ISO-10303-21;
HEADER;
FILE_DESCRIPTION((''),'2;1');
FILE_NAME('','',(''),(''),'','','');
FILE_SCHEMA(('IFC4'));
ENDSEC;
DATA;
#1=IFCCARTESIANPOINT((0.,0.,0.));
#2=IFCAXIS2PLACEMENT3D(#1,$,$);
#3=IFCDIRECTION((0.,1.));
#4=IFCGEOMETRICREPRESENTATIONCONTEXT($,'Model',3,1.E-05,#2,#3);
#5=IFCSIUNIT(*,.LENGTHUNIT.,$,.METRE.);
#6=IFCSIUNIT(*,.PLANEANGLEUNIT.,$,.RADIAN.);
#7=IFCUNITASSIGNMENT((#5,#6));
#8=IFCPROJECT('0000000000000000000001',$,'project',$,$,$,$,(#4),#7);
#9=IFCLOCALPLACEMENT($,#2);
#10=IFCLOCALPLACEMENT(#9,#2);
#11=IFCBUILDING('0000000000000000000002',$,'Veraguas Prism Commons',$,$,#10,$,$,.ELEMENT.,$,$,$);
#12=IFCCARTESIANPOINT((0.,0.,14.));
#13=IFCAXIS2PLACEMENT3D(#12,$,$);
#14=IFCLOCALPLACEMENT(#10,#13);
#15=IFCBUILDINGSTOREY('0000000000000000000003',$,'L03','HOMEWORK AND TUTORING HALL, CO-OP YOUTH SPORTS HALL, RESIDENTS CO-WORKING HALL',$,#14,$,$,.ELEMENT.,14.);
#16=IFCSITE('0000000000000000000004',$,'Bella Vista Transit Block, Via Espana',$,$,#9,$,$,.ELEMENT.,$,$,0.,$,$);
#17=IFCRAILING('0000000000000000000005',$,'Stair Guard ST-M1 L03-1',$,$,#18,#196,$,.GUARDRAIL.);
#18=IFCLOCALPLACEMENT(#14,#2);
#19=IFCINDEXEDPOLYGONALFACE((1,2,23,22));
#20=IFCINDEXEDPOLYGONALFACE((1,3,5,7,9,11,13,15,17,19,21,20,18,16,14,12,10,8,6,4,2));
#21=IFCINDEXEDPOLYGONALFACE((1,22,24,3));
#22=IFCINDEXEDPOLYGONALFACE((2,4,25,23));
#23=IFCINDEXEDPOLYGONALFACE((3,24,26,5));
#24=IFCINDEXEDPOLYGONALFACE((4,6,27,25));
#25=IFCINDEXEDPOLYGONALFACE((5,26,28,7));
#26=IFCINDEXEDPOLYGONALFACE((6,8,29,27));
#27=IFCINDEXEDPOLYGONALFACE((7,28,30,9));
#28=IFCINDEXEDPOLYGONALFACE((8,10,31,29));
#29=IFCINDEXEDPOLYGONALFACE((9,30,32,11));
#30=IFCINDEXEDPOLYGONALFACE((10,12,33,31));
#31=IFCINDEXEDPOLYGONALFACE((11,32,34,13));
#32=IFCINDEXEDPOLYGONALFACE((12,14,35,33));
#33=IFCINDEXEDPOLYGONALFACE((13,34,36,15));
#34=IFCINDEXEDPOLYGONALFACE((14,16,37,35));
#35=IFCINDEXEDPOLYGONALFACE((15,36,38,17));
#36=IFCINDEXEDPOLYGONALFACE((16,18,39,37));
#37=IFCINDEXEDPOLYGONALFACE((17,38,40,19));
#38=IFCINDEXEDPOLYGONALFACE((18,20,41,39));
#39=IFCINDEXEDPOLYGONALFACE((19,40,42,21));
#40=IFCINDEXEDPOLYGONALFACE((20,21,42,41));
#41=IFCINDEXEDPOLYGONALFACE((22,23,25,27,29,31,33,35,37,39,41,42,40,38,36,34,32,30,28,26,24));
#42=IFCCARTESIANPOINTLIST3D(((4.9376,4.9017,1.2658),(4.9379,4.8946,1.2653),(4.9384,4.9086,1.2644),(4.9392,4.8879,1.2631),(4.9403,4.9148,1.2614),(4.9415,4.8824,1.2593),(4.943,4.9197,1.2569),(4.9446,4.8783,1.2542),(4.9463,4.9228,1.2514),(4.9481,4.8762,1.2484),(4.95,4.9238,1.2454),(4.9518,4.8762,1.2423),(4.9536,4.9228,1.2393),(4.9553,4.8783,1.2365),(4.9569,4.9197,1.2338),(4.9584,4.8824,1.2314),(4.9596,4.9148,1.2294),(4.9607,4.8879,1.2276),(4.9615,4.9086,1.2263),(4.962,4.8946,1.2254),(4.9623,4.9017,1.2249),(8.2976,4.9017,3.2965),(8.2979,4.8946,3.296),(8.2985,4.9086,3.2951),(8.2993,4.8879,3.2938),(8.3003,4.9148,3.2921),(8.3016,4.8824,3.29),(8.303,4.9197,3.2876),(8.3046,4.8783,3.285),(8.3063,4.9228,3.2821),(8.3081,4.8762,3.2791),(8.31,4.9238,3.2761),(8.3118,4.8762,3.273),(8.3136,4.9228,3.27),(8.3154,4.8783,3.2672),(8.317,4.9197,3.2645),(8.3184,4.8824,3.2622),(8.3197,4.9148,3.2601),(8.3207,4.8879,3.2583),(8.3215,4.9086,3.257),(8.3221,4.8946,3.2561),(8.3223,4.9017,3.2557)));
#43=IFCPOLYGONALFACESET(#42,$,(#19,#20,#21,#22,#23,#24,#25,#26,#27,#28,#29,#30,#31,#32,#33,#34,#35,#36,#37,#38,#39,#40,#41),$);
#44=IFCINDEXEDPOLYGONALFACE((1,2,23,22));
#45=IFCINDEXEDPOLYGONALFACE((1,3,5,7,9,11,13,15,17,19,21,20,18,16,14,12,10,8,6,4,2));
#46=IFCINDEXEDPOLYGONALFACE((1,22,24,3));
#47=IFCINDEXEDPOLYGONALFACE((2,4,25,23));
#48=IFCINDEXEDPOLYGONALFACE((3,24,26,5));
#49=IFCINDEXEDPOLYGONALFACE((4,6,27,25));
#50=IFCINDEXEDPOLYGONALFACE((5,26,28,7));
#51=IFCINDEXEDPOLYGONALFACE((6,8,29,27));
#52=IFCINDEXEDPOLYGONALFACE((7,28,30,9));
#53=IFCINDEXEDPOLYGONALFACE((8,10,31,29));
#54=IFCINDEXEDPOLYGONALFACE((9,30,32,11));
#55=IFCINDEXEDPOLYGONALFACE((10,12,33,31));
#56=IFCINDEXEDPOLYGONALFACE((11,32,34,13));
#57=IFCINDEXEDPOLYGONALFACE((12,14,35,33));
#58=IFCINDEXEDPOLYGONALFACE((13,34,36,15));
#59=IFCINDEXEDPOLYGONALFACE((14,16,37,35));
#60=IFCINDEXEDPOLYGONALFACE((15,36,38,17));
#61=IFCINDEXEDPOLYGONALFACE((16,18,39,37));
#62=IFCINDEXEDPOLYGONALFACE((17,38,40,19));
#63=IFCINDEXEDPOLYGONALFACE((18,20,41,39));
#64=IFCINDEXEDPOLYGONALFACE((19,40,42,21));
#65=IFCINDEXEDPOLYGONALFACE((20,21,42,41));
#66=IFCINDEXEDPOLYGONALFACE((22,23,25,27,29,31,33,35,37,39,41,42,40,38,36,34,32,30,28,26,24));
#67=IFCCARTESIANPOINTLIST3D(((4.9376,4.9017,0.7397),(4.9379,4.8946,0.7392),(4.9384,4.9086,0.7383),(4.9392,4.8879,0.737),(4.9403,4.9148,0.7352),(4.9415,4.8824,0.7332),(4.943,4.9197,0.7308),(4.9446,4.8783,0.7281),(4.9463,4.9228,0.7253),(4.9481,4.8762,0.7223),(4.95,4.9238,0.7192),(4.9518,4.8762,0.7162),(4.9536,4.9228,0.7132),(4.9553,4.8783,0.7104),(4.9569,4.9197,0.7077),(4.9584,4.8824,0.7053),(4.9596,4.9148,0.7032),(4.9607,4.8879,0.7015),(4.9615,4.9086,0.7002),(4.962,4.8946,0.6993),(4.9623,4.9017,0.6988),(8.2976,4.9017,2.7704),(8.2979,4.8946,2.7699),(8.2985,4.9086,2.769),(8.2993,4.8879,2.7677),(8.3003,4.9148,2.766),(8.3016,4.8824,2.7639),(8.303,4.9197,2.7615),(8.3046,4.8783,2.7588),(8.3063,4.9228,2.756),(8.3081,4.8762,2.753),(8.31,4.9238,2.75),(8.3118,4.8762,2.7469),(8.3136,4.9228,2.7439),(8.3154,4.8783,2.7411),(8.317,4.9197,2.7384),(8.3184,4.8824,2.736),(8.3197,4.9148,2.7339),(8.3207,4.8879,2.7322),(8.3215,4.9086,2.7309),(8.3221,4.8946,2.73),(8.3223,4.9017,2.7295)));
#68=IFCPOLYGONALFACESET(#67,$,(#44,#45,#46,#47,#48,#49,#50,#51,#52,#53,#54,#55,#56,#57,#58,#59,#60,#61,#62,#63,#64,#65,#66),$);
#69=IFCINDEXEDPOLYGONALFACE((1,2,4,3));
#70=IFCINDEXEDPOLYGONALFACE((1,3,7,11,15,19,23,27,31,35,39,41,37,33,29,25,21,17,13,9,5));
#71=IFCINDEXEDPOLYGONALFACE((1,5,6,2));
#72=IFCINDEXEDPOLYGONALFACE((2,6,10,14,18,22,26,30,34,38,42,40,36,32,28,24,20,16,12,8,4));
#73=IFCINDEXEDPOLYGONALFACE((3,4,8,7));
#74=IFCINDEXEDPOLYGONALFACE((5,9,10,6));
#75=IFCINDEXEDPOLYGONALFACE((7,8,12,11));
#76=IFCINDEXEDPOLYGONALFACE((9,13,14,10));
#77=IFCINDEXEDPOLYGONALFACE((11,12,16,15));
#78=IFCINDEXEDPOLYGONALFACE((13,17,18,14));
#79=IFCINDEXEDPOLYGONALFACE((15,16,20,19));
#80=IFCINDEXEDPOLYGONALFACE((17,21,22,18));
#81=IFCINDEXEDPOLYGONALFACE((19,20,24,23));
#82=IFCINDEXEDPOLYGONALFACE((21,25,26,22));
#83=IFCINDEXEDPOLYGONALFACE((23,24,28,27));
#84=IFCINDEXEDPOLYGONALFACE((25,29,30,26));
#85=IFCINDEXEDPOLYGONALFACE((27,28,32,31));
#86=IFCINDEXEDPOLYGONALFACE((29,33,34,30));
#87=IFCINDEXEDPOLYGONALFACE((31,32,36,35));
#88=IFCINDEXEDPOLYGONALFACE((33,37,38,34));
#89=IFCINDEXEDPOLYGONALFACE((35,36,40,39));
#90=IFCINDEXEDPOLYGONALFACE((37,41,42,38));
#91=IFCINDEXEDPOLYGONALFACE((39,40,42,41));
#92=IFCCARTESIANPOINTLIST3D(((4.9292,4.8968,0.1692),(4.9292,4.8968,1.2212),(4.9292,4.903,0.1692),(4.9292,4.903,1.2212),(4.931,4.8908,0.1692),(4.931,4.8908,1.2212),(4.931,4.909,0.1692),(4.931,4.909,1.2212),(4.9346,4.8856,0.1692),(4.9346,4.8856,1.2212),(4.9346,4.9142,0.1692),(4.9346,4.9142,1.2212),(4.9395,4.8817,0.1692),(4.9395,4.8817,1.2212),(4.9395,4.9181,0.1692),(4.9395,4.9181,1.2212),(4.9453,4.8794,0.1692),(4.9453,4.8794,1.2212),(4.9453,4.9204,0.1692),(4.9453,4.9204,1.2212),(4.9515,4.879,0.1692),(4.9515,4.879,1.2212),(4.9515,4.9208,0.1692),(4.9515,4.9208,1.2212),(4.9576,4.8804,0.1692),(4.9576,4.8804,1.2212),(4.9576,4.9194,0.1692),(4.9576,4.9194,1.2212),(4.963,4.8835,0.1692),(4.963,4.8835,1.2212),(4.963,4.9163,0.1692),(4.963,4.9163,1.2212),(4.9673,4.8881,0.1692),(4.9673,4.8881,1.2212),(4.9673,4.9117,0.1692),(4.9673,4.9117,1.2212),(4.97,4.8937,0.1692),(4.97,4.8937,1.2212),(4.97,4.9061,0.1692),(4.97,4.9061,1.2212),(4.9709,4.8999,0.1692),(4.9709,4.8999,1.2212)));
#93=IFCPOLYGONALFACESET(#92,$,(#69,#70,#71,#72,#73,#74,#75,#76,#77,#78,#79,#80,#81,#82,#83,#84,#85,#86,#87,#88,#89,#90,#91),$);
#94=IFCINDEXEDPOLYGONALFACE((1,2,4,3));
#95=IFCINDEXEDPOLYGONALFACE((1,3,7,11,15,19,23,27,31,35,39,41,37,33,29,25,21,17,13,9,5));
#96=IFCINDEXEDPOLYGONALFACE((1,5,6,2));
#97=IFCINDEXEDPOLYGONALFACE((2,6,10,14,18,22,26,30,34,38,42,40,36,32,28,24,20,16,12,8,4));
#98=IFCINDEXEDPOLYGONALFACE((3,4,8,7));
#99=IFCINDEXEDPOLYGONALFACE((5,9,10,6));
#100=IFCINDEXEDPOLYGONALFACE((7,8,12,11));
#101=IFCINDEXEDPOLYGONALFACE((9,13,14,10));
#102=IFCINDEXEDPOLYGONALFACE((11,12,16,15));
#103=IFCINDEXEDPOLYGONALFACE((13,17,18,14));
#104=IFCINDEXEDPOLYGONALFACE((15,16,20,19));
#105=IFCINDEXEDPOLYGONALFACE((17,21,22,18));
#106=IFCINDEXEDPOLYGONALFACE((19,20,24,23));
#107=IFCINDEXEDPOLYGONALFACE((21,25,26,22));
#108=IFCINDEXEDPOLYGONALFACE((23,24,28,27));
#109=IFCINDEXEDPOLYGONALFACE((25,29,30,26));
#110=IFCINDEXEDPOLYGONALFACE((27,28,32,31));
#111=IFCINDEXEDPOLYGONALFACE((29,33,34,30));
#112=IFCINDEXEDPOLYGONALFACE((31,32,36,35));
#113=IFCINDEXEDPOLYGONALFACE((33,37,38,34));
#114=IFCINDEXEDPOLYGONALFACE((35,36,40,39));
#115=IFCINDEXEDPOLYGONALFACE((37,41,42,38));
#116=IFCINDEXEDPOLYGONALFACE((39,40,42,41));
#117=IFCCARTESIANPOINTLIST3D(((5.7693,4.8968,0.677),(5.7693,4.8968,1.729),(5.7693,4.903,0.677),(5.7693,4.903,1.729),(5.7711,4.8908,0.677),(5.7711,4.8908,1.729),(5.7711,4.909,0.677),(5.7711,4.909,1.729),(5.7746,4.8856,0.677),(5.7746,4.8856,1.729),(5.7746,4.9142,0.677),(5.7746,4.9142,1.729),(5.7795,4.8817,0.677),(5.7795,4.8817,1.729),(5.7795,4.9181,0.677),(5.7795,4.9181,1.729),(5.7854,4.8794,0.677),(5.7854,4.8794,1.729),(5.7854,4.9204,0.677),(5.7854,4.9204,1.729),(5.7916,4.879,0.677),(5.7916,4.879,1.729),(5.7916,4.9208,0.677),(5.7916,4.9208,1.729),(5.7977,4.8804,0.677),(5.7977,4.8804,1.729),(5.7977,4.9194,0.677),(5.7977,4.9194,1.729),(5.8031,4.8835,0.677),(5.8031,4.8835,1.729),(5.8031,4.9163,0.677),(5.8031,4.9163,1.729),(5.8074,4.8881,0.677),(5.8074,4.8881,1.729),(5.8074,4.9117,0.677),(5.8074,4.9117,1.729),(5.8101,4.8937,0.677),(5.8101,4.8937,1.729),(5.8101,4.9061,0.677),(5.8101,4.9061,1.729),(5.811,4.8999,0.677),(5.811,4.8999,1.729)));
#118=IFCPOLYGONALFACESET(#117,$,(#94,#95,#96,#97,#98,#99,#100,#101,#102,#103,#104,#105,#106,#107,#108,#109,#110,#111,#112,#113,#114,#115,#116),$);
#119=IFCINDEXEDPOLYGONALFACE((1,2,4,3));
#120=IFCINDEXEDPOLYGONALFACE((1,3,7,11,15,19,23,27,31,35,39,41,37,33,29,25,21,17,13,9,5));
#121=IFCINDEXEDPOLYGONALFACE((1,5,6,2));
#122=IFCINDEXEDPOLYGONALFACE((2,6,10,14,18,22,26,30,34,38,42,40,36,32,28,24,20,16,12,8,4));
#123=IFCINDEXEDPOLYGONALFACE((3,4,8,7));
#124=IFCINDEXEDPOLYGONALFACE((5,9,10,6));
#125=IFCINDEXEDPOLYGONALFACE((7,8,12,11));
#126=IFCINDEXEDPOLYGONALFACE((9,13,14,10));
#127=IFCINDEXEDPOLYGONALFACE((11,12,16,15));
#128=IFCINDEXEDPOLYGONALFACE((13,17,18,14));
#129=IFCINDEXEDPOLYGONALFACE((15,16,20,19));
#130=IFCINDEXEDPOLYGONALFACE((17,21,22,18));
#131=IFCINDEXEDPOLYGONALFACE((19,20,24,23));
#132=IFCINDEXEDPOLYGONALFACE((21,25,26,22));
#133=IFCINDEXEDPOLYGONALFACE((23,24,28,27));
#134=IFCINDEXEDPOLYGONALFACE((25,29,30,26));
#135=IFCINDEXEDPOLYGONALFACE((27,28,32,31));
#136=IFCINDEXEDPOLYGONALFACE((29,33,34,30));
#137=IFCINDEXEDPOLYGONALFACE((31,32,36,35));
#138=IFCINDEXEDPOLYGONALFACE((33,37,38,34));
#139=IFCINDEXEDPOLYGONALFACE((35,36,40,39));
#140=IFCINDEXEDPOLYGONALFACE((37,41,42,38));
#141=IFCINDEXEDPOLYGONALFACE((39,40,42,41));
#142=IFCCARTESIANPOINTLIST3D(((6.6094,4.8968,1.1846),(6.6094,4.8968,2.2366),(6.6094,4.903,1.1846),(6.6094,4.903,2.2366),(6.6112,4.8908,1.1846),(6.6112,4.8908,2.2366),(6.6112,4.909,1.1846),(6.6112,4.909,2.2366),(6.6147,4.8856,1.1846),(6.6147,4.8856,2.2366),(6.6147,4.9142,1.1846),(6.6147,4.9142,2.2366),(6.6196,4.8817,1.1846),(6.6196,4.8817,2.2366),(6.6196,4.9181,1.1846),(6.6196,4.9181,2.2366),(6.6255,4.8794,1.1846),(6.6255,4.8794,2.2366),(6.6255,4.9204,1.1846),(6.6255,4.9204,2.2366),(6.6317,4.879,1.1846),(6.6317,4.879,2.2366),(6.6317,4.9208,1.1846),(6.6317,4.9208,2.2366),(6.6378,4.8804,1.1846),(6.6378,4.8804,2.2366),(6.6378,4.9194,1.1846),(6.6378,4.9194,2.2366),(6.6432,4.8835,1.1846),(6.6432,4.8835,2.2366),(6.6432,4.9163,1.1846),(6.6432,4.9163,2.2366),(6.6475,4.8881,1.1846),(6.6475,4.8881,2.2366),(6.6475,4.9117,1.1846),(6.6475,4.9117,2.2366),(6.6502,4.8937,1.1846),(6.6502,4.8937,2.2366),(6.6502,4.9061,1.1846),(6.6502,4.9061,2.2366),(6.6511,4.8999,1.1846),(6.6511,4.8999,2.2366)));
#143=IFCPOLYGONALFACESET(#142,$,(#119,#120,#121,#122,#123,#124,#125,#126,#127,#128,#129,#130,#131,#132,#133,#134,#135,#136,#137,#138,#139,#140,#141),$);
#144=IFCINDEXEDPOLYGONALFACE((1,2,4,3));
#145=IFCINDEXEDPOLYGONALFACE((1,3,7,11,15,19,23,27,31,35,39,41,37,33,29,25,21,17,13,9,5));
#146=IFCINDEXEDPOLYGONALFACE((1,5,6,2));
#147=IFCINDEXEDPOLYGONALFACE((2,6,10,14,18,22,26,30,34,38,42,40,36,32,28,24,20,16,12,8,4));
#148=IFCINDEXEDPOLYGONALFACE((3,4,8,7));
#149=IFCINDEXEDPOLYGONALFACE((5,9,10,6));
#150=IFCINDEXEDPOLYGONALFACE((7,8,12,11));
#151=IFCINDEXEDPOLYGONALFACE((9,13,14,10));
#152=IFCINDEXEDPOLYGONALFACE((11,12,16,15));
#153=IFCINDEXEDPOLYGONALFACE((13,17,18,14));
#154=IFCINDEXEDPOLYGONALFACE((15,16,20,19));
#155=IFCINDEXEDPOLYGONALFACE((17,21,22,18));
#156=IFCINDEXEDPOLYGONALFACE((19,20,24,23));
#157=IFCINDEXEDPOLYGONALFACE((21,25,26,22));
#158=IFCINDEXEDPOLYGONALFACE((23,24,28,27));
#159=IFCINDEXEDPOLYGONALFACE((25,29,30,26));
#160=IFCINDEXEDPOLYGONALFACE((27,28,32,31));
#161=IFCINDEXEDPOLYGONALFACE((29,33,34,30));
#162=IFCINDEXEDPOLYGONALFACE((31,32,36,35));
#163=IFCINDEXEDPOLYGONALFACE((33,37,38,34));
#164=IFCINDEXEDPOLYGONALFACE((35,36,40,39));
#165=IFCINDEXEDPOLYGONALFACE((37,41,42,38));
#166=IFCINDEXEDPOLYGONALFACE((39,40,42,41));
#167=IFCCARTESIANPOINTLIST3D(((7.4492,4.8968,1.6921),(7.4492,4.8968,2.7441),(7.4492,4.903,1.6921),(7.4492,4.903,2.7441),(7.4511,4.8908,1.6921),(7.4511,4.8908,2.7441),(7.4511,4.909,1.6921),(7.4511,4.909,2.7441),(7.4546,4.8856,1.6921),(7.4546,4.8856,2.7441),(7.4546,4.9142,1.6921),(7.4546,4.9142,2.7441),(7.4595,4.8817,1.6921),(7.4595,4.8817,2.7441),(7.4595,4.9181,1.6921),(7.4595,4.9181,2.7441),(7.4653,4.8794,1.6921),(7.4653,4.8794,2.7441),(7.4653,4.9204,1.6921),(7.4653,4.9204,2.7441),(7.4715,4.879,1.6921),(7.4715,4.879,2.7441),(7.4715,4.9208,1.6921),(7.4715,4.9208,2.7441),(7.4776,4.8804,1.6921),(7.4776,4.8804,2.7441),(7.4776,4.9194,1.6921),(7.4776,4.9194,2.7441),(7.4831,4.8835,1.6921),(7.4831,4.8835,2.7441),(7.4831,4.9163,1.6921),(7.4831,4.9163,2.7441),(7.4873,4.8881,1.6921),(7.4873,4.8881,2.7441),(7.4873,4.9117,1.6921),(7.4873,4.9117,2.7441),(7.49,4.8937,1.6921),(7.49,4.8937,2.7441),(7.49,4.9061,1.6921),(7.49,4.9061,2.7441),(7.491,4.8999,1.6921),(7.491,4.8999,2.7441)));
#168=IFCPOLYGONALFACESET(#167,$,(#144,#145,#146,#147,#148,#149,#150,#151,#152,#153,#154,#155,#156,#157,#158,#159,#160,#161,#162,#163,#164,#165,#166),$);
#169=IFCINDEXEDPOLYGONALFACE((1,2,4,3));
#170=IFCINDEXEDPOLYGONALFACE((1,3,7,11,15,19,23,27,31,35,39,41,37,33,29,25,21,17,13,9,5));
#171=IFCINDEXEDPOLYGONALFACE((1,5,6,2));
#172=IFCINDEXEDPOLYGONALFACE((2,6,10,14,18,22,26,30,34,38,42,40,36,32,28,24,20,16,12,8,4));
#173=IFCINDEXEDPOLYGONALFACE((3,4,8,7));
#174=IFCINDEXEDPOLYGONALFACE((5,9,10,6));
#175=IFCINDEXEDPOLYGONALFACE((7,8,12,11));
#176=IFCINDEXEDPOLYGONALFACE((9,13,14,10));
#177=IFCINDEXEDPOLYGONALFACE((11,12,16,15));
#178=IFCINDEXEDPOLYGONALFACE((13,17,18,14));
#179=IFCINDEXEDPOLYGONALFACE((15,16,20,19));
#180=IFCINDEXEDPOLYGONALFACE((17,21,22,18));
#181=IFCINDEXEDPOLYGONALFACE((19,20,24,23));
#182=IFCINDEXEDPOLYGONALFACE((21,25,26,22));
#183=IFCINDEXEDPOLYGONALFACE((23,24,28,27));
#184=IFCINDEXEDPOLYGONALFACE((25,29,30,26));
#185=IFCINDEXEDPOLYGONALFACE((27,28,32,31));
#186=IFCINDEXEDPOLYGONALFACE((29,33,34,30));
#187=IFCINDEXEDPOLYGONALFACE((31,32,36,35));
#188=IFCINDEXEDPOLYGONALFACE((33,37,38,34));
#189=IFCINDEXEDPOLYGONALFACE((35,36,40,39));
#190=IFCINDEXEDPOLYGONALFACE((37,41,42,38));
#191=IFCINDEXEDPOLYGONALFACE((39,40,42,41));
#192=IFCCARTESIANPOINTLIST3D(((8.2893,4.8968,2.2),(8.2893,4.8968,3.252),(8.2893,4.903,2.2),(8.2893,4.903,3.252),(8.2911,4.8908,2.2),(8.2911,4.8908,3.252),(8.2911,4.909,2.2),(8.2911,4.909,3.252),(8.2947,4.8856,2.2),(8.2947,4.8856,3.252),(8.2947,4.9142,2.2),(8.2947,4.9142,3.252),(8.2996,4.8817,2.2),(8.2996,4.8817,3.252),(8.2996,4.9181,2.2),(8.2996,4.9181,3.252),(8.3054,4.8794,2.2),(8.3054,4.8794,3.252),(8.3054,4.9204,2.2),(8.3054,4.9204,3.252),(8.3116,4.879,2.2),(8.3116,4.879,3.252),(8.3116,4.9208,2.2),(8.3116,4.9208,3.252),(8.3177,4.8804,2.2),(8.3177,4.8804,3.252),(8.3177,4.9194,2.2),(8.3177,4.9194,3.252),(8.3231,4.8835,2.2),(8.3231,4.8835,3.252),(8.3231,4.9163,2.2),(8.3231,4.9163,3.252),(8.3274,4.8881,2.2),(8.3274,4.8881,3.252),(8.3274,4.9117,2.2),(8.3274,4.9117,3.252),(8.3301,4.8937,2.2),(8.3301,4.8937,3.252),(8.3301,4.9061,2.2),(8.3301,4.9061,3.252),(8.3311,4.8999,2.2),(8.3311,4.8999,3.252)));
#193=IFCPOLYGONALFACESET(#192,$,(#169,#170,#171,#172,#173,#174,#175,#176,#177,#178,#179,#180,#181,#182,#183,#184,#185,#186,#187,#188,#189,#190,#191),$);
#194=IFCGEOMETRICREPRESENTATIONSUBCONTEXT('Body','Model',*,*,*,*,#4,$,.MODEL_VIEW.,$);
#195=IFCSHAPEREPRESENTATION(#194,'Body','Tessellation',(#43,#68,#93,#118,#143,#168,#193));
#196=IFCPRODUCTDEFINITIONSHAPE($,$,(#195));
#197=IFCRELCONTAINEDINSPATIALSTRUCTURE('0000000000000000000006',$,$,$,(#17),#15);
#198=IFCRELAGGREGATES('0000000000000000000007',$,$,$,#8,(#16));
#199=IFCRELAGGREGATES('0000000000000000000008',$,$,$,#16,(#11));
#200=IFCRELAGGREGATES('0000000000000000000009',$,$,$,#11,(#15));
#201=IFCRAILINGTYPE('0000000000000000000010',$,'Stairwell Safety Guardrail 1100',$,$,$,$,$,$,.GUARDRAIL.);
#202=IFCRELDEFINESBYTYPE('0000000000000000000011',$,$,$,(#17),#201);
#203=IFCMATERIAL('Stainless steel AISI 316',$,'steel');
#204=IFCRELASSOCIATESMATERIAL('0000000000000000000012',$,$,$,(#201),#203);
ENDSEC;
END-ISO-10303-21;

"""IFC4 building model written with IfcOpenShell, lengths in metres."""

from ifc_helpers import new_model, si_unit, direction, frame, origin, origin_2d, place, context, subcontext, project, spatial, circle, extrude, material, type_object, element, save


model = new_model("IFC4")

# Units and contexts
model_context = context("Model", 3, precision=1e-05, world=origin(), true_north=direction((0.0, 1.0)))
body_context = subcontext(model_context, "Body", "Model", "MODEL_VIEW")
ifc_project = project(units=[si_unit("LENGTHUNIT", "METRE"), si_unit("PLANEANGLEUNIT", "RADIAN")], contexts=[model_context])

# Site, building, storey
site_placement = place(None, origin())
site = spatial("IfcSite", under=ifc_project, at=site_placement, Name="Bella Vista Transit Block, Via Espana", CompositionType="ELEMENT", RefElevation=0.0)
building_placement = place(site_placement, origin())
building = spatial("IfcBuilding", under=site, at=building_placement, Name="Veraguas Prism Commons", CompositionType="ELEMENT")
storey_placement = place(building_placement, frame((0.0, 0.0, 14.0)))
storey = spatial("IfcBuildingStorey", under=building, at=storey_placement, Name="L03", Description="HOMEWORK AND TUTORING HALL, CO-OP YOUTH SPORTS HALL, RESIDENTS CO-WORKING HALL", CompositionType="ELEMENT", Elevation=14.0)

# Railing
ifc_material_1 = material(Name="Stainless steel AISI 316", Category="steel")
railing_type_1 = type_object("IfcRailingType", Name="Stairwell Safety Guardrail 1100", PredefinedType="GUARDRAIL", material=ifc_material_1)
railing_1_placement = place(storey_placement, frame((4.95, 4.8999, 0.1692)))
element("IfcRailing", 1, at=railing_1_placement, inside=storey, type_object=railing_type_1, Name="Stair Guard ST-M1 L03-1", PredefinedType="GUARDRAIL", context=body_context, shape_type="SweptSolid", body=[
    extrude(circle(Radius=0.0239, at=origin_2d()), frame((0.0, 0.0, 1.0762), z_axis=(0.855837, 0.0, 0.517246), x_axis=(0.0, 1.0, 0.0)), (0.0, 0.0, 1.0), 3.926),
    extrude(circle(Radius=0.0239, at=origin_2d()), frame((0.0, 0.0, 0.55), z_axis=(0.855837, 0.0, 0.517246), x_axis=(0.0, 1.0, 0.0)), (0.0, 0.0, 1.0), 3.926),
    extrude(circle(Radius=0.021, at=origin_2d()), origin(), (0.0, 0.0, 1.0), 1.052),
    extrude(circle(Radius=0.021, at=origin_2d()), frame((0.8401, 0.0, 0.5078)), (0.0, 0.0, 1.0), 1.052),
    extrude(circle(Radius=0.021, at=origin_2d()), frame((1.6802, 0.0, 1.0154)), (0.0, 0.0, 1.0), 1.052),
    extrude(circle(Radius=0.021, at=origin_2d()), frame((2.52, 0.0, 1.5229)), (0.0, 0.0, 1.0), 1.052),
    extrude(circle(Radius=0.021, at=origin_2d()), frame((3.3601, 0.0, 2.0308)), (0.0, 0.0, 1.0), 1.052),
])

save(model, "model.ifc")
